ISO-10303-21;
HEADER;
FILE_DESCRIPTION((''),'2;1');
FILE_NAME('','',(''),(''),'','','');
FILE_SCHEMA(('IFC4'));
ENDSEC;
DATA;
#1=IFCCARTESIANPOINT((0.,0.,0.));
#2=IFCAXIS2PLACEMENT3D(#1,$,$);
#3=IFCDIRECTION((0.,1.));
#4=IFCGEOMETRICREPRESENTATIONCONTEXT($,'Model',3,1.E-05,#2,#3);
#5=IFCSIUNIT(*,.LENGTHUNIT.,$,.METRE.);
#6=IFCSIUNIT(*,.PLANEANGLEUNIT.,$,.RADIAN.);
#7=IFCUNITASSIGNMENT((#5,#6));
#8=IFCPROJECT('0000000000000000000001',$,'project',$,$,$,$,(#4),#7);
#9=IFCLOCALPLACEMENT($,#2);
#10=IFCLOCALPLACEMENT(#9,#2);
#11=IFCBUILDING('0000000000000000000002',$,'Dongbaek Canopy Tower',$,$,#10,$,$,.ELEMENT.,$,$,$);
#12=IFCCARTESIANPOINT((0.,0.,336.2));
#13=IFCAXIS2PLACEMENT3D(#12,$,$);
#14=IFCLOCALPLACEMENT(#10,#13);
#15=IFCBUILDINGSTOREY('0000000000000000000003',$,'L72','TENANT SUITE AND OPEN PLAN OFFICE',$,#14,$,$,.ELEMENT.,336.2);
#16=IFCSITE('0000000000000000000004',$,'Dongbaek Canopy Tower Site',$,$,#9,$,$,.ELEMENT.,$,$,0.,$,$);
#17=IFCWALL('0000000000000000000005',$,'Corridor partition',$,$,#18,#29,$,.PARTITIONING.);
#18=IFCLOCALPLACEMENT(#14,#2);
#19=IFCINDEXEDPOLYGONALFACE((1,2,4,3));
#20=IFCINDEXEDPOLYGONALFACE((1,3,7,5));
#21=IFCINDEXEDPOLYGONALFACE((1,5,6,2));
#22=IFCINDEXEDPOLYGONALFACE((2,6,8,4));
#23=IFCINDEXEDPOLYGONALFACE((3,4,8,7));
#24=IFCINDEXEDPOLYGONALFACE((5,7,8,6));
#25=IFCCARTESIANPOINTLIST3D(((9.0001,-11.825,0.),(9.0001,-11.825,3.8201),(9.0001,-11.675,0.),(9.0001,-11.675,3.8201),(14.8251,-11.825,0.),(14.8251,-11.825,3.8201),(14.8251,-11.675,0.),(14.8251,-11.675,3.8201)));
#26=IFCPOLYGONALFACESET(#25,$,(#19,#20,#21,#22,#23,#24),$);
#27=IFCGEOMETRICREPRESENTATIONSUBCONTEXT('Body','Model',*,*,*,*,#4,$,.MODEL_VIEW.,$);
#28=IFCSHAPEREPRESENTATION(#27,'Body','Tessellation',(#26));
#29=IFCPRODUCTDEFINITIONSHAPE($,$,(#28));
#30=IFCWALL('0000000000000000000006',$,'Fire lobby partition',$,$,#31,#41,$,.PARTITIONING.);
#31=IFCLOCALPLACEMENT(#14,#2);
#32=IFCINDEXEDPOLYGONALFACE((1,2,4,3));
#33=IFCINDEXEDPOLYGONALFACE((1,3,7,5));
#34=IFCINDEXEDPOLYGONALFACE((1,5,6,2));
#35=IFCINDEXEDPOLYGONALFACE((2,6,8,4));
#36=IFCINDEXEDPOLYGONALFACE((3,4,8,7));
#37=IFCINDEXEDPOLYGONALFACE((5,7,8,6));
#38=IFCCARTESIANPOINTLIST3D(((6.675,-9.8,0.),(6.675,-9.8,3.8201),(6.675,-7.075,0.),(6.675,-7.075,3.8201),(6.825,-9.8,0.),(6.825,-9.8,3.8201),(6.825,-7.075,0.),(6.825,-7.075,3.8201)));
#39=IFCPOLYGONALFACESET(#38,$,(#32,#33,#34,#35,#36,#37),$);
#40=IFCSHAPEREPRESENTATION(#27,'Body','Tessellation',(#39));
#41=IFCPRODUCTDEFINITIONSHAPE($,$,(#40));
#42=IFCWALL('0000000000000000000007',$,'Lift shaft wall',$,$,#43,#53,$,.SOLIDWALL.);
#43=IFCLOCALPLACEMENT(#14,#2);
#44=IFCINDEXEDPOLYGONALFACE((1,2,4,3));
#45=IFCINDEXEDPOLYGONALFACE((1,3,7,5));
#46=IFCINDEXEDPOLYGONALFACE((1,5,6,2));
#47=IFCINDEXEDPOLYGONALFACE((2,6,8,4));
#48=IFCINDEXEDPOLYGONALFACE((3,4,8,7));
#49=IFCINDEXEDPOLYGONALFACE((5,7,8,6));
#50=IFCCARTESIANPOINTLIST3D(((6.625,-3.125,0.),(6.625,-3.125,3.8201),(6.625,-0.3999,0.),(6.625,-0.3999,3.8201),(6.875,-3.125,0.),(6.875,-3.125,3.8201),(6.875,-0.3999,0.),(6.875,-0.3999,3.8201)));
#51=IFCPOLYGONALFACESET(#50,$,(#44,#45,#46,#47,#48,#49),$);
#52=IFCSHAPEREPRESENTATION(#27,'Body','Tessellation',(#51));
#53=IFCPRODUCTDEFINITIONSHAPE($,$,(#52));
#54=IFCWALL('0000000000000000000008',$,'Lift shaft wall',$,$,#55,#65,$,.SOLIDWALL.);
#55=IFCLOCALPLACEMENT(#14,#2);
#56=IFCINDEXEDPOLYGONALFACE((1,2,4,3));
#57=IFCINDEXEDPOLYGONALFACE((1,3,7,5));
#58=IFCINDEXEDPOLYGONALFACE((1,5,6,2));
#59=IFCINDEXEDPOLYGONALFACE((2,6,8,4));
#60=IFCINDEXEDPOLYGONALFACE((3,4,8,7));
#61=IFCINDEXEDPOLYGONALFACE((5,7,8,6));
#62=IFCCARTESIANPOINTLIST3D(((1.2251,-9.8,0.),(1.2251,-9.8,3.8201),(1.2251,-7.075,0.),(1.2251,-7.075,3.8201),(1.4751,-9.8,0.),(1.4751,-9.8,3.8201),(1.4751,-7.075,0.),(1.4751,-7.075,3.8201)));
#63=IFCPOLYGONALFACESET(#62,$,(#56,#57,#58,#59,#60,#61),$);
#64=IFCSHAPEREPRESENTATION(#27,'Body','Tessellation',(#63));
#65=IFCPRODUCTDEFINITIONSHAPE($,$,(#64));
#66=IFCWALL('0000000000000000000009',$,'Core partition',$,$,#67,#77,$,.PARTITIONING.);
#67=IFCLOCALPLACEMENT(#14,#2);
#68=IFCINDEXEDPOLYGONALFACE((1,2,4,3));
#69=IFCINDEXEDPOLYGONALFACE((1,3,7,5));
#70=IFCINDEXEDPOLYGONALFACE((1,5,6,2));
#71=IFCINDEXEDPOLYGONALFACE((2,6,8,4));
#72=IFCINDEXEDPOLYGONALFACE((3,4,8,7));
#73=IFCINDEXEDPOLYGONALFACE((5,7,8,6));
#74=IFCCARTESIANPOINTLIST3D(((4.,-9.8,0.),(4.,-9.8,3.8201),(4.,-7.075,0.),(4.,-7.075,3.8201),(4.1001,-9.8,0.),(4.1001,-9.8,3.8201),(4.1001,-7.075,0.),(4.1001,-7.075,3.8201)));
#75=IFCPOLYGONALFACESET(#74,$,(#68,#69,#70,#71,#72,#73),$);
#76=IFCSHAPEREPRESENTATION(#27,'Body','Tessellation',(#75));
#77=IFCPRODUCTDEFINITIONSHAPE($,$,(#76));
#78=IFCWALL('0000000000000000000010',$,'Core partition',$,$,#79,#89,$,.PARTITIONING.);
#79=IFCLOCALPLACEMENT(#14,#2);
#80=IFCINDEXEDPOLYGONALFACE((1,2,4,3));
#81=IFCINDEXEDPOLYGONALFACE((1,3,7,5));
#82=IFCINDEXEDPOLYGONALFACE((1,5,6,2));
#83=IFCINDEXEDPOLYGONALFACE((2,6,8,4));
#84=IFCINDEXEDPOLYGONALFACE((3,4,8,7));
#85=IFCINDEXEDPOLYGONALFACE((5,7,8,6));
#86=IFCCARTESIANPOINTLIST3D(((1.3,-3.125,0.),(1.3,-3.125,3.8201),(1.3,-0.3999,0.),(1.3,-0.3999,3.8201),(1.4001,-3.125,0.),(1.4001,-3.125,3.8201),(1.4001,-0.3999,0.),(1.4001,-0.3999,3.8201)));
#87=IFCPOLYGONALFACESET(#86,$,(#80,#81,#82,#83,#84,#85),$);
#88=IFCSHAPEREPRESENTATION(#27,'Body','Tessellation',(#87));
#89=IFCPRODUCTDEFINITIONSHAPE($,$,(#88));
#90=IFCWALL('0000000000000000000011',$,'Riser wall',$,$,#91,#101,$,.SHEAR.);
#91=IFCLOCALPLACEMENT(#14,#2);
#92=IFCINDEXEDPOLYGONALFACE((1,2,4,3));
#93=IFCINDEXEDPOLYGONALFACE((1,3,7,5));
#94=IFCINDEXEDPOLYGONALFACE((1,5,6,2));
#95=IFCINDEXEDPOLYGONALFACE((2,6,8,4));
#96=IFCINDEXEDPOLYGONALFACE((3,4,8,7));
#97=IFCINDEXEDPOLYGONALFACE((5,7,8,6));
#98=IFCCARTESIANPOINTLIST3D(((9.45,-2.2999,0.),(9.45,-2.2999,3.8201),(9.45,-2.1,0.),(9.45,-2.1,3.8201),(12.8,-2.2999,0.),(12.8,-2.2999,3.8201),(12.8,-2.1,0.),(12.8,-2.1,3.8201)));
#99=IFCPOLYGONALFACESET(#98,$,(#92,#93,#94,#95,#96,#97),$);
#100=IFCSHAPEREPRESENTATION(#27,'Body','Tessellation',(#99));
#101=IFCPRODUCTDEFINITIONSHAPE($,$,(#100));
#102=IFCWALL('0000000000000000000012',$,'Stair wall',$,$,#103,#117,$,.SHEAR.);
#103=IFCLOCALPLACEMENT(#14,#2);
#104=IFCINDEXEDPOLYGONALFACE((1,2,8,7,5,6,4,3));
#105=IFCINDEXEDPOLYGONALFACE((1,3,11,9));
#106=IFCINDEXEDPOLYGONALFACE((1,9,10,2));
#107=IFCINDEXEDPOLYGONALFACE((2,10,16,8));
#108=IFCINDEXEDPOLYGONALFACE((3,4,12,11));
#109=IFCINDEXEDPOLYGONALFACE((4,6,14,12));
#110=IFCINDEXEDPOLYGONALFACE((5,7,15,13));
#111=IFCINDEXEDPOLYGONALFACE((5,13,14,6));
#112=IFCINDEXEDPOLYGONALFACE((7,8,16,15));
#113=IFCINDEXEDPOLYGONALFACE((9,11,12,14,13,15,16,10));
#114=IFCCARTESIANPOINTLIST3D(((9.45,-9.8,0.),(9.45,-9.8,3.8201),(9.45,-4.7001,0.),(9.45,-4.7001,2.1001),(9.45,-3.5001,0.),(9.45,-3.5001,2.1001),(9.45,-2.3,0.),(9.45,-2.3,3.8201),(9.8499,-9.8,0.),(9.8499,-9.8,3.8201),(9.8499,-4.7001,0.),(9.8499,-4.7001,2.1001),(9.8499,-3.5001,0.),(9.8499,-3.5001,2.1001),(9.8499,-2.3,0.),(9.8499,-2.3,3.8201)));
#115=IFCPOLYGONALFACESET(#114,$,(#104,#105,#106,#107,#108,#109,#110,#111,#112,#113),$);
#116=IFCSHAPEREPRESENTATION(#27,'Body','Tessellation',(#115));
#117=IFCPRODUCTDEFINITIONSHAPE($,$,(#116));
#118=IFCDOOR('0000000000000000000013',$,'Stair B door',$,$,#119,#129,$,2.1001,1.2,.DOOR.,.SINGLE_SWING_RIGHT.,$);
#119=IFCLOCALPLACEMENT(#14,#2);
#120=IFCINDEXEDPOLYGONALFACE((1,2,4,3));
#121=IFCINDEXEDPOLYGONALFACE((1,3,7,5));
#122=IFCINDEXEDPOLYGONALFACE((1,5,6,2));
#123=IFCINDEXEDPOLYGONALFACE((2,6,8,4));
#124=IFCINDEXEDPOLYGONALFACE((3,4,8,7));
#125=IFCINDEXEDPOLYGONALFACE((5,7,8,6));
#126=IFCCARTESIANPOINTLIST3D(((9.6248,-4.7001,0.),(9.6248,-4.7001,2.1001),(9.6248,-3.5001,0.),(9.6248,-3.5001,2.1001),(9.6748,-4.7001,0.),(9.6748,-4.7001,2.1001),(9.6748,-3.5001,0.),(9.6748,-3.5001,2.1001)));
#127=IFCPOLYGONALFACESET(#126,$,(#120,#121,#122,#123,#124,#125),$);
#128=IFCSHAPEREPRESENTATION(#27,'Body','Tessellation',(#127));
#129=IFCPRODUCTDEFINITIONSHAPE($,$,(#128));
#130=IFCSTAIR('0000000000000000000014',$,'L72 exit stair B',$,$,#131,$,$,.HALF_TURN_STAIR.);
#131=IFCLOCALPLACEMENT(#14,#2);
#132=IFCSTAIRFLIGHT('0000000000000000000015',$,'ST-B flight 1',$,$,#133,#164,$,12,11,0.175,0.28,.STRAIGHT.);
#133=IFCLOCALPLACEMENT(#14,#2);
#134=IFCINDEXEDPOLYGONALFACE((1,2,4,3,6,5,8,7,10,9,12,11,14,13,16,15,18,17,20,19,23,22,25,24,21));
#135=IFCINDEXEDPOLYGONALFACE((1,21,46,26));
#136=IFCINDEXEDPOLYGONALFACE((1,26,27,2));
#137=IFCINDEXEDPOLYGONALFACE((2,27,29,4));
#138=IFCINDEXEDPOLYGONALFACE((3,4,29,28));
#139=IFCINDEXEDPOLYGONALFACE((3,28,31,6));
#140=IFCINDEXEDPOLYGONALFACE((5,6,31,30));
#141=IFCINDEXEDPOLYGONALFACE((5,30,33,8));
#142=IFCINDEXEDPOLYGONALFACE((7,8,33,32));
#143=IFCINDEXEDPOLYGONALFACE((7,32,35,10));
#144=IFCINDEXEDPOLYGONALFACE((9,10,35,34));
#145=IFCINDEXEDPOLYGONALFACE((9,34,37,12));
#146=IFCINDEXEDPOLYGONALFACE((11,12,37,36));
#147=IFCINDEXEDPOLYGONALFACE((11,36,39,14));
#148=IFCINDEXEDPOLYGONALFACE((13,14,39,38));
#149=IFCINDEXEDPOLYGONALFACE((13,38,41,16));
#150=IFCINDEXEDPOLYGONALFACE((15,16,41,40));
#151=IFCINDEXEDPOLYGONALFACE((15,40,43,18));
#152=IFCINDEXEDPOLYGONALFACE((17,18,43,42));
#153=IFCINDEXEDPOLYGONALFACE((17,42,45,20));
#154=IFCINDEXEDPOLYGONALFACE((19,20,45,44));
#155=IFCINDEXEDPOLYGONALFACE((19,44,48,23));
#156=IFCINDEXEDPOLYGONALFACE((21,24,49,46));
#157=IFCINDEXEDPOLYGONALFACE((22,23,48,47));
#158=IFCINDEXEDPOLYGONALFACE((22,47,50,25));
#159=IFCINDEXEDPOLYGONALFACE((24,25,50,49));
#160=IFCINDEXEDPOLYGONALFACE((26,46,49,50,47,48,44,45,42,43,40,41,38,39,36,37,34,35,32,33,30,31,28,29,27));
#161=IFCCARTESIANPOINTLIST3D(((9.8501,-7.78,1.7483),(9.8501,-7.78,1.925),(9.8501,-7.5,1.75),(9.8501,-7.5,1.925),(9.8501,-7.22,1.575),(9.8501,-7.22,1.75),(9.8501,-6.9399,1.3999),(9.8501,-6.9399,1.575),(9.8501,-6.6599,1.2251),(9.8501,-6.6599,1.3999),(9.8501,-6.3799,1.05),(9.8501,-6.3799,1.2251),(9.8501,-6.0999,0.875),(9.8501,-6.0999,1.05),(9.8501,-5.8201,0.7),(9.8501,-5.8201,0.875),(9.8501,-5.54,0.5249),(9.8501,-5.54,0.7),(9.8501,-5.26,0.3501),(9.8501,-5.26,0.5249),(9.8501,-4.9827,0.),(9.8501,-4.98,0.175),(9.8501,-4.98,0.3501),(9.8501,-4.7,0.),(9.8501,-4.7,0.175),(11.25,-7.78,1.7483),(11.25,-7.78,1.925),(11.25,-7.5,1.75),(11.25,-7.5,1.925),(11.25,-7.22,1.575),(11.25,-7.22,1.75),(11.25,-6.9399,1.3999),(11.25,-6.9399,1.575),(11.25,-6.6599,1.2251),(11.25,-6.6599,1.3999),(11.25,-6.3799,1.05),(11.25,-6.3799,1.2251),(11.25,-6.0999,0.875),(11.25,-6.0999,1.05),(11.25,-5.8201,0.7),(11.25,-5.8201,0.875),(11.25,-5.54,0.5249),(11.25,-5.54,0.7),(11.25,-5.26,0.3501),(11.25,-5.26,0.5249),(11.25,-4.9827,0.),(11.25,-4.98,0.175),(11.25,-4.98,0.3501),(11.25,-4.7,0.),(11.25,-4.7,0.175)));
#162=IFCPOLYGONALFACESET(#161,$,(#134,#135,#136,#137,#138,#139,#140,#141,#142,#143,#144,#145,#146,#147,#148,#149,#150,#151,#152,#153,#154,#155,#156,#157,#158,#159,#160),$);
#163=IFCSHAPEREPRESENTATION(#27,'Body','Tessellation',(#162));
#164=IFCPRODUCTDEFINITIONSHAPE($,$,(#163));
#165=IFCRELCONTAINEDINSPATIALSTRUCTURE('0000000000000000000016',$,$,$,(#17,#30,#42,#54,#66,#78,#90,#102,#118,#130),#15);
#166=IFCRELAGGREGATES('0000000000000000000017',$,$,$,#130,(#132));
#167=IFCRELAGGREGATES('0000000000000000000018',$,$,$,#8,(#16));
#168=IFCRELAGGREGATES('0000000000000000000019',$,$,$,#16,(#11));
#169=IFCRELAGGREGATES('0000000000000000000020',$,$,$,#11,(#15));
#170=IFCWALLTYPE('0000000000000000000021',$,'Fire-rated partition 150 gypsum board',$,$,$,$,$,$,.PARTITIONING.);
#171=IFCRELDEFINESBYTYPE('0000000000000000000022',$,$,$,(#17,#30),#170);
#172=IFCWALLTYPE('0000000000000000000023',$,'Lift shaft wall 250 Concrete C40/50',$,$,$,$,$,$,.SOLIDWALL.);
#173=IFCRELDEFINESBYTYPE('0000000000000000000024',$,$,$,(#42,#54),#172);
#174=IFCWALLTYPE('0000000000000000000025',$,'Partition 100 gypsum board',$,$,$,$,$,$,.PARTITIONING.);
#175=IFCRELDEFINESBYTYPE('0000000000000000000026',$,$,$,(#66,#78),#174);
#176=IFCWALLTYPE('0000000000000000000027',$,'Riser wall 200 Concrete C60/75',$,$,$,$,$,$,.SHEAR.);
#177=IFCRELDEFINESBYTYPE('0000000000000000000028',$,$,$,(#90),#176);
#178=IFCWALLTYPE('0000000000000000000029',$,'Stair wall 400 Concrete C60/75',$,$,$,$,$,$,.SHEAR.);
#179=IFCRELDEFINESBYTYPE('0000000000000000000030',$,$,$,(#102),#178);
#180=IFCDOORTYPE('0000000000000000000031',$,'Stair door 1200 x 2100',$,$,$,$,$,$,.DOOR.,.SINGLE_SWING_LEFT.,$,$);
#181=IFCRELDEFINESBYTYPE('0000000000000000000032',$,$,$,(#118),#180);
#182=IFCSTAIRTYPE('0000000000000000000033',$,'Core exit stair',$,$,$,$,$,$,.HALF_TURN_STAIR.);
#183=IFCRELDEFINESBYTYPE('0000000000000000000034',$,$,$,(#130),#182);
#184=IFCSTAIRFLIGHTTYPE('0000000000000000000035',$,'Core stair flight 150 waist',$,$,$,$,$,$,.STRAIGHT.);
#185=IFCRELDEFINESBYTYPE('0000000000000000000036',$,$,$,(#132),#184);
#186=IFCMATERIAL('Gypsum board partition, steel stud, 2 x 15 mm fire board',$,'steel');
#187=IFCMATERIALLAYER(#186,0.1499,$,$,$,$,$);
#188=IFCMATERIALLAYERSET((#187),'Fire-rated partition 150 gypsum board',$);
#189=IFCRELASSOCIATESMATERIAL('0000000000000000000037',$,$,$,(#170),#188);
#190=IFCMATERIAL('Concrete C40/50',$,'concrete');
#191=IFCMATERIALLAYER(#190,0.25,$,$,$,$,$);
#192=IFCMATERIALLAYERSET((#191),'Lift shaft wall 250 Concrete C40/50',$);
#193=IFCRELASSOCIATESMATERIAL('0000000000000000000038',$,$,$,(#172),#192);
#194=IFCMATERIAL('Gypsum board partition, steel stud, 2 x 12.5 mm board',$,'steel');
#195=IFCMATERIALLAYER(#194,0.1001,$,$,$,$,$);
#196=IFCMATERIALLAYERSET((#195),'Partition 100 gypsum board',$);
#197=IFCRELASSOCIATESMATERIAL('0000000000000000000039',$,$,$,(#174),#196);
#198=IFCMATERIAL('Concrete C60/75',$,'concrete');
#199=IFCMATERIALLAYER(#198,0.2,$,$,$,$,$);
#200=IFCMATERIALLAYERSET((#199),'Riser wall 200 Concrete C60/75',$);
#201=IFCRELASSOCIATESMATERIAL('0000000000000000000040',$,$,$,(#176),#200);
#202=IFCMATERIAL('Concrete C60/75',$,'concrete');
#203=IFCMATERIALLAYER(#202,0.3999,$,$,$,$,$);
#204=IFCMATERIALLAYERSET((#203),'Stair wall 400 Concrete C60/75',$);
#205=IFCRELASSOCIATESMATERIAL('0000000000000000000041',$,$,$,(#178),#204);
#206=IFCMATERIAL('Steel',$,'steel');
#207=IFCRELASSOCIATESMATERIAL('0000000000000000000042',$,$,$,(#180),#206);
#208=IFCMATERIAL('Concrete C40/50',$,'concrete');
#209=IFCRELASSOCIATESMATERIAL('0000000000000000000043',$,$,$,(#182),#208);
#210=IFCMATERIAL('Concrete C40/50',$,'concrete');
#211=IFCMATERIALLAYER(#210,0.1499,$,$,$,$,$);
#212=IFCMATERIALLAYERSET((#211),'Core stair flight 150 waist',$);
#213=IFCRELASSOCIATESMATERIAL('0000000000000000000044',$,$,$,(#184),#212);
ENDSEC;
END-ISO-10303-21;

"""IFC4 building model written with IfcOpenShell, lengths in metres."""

from ifc_helpers import new_model, si_unit, direction, frame, frame_2d, origin, place, context, subcontext, project, spatial, polyline, rectangle, outline, extrude, material, layer, layer_set, type_object, element, fill, aggregate, save


model = new_model("IFC4")

# Units and contexts
model_context = context("Model", 3, precision=1e-05, world=origin(), true_north=direction((0.0, 1.0)))
body_context = subcontext(model_context, "Body", "Model", "MODEL_VIEW")
ifc_project = project(units=[si_unit("LENGTHUNIT", "METRE"), si_unit("PLANEANGLEUNIT", "RADIAN")], contexts=[model_context])

# Site, building, storey
site_placement = place(None, origin())
site = spatial("IfcSite", under=ifc_project, at=site_placement, Name="Dongbaek Canopy Tower Site", CompositionType="ELEMENT", RefElevation=0.0)
building_placement = place(site_placement, origin())
building = spatial("IfcBuilding", under=site, at=building_placement, Name="Dongbaek Canopy Tower", CompositionType="ELEMENT")
storey_placement = place(building_placement, frame((0.0, 0.0, 336.2)))
storey = spatial("IfcBuildingStorey", under=building, at=storey_placement, Name="L72", Description="TENANT SUITE AND OPEN PLAN OFFICE", CompositionType="ELEMENT", Elevation=336.2)

# Walls
ifc_material_1 = material(Name="Gypsum board partition, steel stud, 2 x 15 mm fire board", Category="steel")
ifc_layer_1 = layer(ifc_material_1, 0.1499)
ifc_layer_set_1 = layer_set([ifc_layer_1], Name="Fire-rated partition 150 gypsum board")
wall_type_1 = type_object("IfcWallType", Name="Fire-rated partition 150 gypsum board", PredefinedType="PARTITIONING", material=ifc_layer_set_1)
wall_1_placement = place(storey_placement, frame((9.0, -11.75, 0.0), z_axis=(0.0, 0.0, 1.0), x_axis=(1.0, 0.0, 0.0)))
element("IfcWall", 1, at=wall_1_placement, inside=storey, type_object=wall_type_1, Name="Corridor partition", PredefinedType="PARTITIONING", context=body_context, shape_type="SweptSolid", body=[
    extrude(rectangle(XDim=5.825, YDim=0.1499, at=frame_2d((2.9126, 0.0))), origin(), (0.0, 0.0, 1.0), 3.8201),
])
wall_2_placement = place(storey_placement, frame((6.75, -9.8, 0.0), z_axis=(0.0, 0.0, 1.0), x_axis=(0.0, 1.0, 0.0)))
element("IfcWall", 2, at=wall_2_placement, inside=storey, type_object=wall_type_1, Name="Fire lobby partition", PredefinedType="PARTITIONING", context=body_context, shape_type="SweptSolid", body=[
    extrude(rectangle(XDim=2.7251, YDim=0.1499, at=frame_2d((1.3625, 0.0))), origin(), (0.0, 0.0, 1.0), 3.8201),
])
ifc_material_2 = material(Name="Concrete C40/50", Category="concrete")
ifc_layer_2 = layer(ifc_material_2, 0.25)
ifc_layer_set_2 = layer_set([ifc_layer_2], Name="Lift shaft wall 250 Concrete C40/50")
wall_type_2 = type_object("IfcWallType", Name="Lift shaft wall 250 Concrete C40/50", PredefinedType="SOLIDWALL", material=ifc_layer_set_2)
for number, where, z_axis, x_axis, name in (
    (3, (6.75, -3.125, 0.0), (0.0, 0.0, 1.0), (0.0, 1.0, 0.0), "Lift shaft wall"),
    (4, (1.3501, -9.8, 0.0), (0.0, 0.0, 1.0), (0.0, 1.0, 0.0), "Lift shaft wall"),
):
    element("IfcWall", number, at=place(storey_placement, frame(where, z_axis=z_axis, x_axis=x_axis)), inside=storey, type_object=wall_type_2, Name=name, PredefinedType="SOLIDWALL", context=body_context, shape_type="SweptSolid", body=[
        extrude(rectangle(XDim=2.7251, YDim=0.25, at=frame_2d((1.3625, 0.0))), origin(), (0.0, 0.0, 1.0), 3.8201),
    ])
ifc_material_3 = material(Name="Gypsum board partition, steel stud, 2 x 12.5 mm board", Category="steel")
ifc_layer_3 = layer(ifc_material_3, 0.1001)
ifc_layer_set_3 = layer_set([ifc_layer_3], Name="Partition 100 gypsum board")
wall_type_3 = type_object("IfcWallType", Name="Partition 100 gypsum board", PredefinedType="PARTITIONING", material=ifc_layer_set_3)
for number, where, z_axis, x_axis, name in (
    (5, (4.05, -9.8, 0.0), (0.0, 0.0, 1.0), (0.0, 1.0, 0.0), "Core partition"),
    (6, (1.3501, -3.125, 0.0), (0.0, 0.0, 1.0), (0.0, 1.0, 0.0), "Core partition"),
):
    element("IfcWall", number, at=place(storey_placement, frame(where, z_axis=z_axis, x_axis=x_axis)), inside=storey, type_object=wall_type_3, Name=name, PredefinedType="PARTITIONING", context=body_context, shape_type="SweptSolid", body=[
        extrude(rectangle(XDim=2.7251, YDim=0.1001, at=frame_2d((1.3625, 0.0))), origin(), (0.0, 0.0, 1.0), 3.8201),
    ])
ifc_material_4 = material(Name="Concrete C60/75", Category="concrete")
ifc_layer_4 = layer(ifc_material_4, 0.2)
ifc_layer_set_4 = layer_set([ifc_layer_4], Name="Riser wall 200 Concrete C60/75")
wall_type_4 = type_object("IfcWallType", Name="Riser wall 200 Concrete C60/75", PredefinedType="SHEAR", material=ifc_layer_set_4)
wall_3_placement = place(storey_placement, frame((9.45, -2.2, 0.0), z_axis=(0.0, 0.0, 1.0), x_axis=(1.0, 0.0, 0.0)))
element("IfcWall", 7, at=wall_3_placement, inside=storey, type_object=wall_type_4, Name="Riser wall", PredefinedType="SHEAR", context=body_context, shape_type="SweptSolid", body=[
    extrude(rectangle(XDim=3.3501, YDim=0.2, at=frame_2d((1.675, 0.0))), origin(), (0.0, 0.0, 1.0), 3.8201),
])

# Wall, opening, door
ifc_material_5 = material(Name="Concrete C60/75", Category="concrete")
ifc_layer_5 = layer(ifc_material_5, 0.3999)
ifc_layer_set_5 = layer_set([ifc_layer_5], Name="Stair wall 400 Concrete C60/75")
wall_type_5 = type_object("IfcWallType", Name="Stair wall 400 Concrete C60/75", PredefinedType="SHEAR", material=ifc_layer_set_5)
wall_4_placement = place(storey_placement, frame((9.6499, -2.3, 0.0), z_axis=(0.0, 0.0, 1.0), x_axis=(0.0, -1.0, 0.0)))
wall_4 = element("IfcWall", 8, at=wall_4_placement, inside=storey, type_object=wall_type_5, Name="Stair wall", PredefinedType="SHEAR", context=body_context, shape_type="SweptSolid", body=[
    extrude(rectangle(XDim=7.5, YDim=0.3999, at=frame_2d((3.75, 0.0))), origin(), (0.0, 0.0, 1.0), 3.8201),
])
opening_1_placement = place(wall_4_placement, frame((1.2, 0.0, 0.0)))
opening_1 = element("IfcOpeningElement", 9, at=opening_1_placement, cuts=wall_4, PredefinedType="OPENING", context=body_context, shape_type="SweptSolid", body=[
    extrude(rectangle(XDim=1.2, YDim=2.1001, at=frame_2d((0.6001, 1.05))), frame((0.0, 0.21, 0.0), z_axis=(0.0, -1.0, 0.0), x_axis=(1.0, 0.0, 0.0)), (0.0, 0.0, 1.0), 0.4199),
])
ifc_material_6 = material(Name="Steel", Category="steel")
door_type_1 = type_object("IfcDoorType", Name="Stair door 1200 x 2100", OperationType="SINGLE_SWING_LEFT", PredefinedType="DOOR", material=ifc_material_6)
door_1_placement = place(opening_1_placement, origin())
door_1 = element("IfcDoor", 10, at=door_1_placement, inside=storey, type_object=door_type_1, Name="Stair B door", OperationType="SINGLE_SWING_RIGHT", OverallHeight=2.1001, OverallWidth=1.2, PredefinedType="DOOR", context=body_context, shape_type="SweptSolid", body=[
    extrude(rectangle(XDim=1.2, YDim=2.1001, at=frame_2d((0.6001, 1.05))), frame((0.0, 0.0249, 0.0), z_axis=(0.0, -1.0, 0.0), x_axis=(1.0, 0.0, 0.0)), (0.0, 0.0, 1.0), 0.05),
])
fill(opening_1, door_1)

# Stair, stair flight
ifc_material_7 = material(Name="Concrete C40/50", Category="concrete")
stair_type = type_object("IfcStairType", Name="Core exit stair", PredefinedType="HALF_TURN_STAIR", material=ifc_material_7)
stair_placement = place(storey_placement, origin())
stair = element("IfcStair", 11, at=stair_placement, inside=storey, type_object=stair_type, Name="L72 exit stair B", PredefinedType="HALF_TURN_STAIR")
ifc_material_8 = material(Name="Concrete C40/50", Category="concrete")
ifc_layer_6 = layer(ifc_material_8, 0.1499)
ifc_layer_set_6 = layer_set([ifc_layer_6], Name="Core stair flight 150 waist")
stair_flight_type = type_object("IfcStairFlightType", Name="Core stair flight 150 waist", PredefinedType="STRAIGHT", material=ifc_layer_set_6)
stair_flight_placement = place(storey_placement, frame((10.55, -4.7, 0.0), z_axis=(0.0, 0.0, 1.0), x_axis=(0.0, -1.0, 0.0)))
stair_flight = element("IfcStairFlight", 12, at=stair_flight_placement, type_object=stair_flight_type, Name="ST-B flight 1", NumberOfRisers=12, NumberOfTreads=11, PredefinedType="STRAIGHT", RiserHeight=0.175, TreadLength=0.28, context=body_context, shape_type="SweptSolid", body=[
    extrude(outline(polyline([(0.0, 0.0), (0.0, 0.175), (0.28, 0.175), (0.28, 0.3501), (0.5601, 0.3501), (0.5601, 0.5249), (0.8401, 0.5249), (0.8401, 0.7), (1.1201, 0.7), (1.1201, 0.875), (1.3999, 0.875), (1.3999, 1.05), (1.6799, 1.05), (1.6799, 1.2251), (1.96, 1.2251), (1.96, 1.3999), (2.24, 1.3999), (2.24, 1.575), (2.52, 1.575), (2.52, 1.75), (2.8, 1.75), (2.8, 1.925), (3.0801, 1.925), (3.0801, 2.1001), (3.0801, 1.7483), (0.2827, 0.0), (0.0, 0.0)])), frame((0.0, 0.7, 0.0), z_axis=(0.0, -1.0, 0.0), x_axis=(1.0, 0.0, 0.0)), (0.0, 0.0, 1.0), 1.3999),
])
aggregate(stair, [stair_flight])

save(model, "model.ifc")
